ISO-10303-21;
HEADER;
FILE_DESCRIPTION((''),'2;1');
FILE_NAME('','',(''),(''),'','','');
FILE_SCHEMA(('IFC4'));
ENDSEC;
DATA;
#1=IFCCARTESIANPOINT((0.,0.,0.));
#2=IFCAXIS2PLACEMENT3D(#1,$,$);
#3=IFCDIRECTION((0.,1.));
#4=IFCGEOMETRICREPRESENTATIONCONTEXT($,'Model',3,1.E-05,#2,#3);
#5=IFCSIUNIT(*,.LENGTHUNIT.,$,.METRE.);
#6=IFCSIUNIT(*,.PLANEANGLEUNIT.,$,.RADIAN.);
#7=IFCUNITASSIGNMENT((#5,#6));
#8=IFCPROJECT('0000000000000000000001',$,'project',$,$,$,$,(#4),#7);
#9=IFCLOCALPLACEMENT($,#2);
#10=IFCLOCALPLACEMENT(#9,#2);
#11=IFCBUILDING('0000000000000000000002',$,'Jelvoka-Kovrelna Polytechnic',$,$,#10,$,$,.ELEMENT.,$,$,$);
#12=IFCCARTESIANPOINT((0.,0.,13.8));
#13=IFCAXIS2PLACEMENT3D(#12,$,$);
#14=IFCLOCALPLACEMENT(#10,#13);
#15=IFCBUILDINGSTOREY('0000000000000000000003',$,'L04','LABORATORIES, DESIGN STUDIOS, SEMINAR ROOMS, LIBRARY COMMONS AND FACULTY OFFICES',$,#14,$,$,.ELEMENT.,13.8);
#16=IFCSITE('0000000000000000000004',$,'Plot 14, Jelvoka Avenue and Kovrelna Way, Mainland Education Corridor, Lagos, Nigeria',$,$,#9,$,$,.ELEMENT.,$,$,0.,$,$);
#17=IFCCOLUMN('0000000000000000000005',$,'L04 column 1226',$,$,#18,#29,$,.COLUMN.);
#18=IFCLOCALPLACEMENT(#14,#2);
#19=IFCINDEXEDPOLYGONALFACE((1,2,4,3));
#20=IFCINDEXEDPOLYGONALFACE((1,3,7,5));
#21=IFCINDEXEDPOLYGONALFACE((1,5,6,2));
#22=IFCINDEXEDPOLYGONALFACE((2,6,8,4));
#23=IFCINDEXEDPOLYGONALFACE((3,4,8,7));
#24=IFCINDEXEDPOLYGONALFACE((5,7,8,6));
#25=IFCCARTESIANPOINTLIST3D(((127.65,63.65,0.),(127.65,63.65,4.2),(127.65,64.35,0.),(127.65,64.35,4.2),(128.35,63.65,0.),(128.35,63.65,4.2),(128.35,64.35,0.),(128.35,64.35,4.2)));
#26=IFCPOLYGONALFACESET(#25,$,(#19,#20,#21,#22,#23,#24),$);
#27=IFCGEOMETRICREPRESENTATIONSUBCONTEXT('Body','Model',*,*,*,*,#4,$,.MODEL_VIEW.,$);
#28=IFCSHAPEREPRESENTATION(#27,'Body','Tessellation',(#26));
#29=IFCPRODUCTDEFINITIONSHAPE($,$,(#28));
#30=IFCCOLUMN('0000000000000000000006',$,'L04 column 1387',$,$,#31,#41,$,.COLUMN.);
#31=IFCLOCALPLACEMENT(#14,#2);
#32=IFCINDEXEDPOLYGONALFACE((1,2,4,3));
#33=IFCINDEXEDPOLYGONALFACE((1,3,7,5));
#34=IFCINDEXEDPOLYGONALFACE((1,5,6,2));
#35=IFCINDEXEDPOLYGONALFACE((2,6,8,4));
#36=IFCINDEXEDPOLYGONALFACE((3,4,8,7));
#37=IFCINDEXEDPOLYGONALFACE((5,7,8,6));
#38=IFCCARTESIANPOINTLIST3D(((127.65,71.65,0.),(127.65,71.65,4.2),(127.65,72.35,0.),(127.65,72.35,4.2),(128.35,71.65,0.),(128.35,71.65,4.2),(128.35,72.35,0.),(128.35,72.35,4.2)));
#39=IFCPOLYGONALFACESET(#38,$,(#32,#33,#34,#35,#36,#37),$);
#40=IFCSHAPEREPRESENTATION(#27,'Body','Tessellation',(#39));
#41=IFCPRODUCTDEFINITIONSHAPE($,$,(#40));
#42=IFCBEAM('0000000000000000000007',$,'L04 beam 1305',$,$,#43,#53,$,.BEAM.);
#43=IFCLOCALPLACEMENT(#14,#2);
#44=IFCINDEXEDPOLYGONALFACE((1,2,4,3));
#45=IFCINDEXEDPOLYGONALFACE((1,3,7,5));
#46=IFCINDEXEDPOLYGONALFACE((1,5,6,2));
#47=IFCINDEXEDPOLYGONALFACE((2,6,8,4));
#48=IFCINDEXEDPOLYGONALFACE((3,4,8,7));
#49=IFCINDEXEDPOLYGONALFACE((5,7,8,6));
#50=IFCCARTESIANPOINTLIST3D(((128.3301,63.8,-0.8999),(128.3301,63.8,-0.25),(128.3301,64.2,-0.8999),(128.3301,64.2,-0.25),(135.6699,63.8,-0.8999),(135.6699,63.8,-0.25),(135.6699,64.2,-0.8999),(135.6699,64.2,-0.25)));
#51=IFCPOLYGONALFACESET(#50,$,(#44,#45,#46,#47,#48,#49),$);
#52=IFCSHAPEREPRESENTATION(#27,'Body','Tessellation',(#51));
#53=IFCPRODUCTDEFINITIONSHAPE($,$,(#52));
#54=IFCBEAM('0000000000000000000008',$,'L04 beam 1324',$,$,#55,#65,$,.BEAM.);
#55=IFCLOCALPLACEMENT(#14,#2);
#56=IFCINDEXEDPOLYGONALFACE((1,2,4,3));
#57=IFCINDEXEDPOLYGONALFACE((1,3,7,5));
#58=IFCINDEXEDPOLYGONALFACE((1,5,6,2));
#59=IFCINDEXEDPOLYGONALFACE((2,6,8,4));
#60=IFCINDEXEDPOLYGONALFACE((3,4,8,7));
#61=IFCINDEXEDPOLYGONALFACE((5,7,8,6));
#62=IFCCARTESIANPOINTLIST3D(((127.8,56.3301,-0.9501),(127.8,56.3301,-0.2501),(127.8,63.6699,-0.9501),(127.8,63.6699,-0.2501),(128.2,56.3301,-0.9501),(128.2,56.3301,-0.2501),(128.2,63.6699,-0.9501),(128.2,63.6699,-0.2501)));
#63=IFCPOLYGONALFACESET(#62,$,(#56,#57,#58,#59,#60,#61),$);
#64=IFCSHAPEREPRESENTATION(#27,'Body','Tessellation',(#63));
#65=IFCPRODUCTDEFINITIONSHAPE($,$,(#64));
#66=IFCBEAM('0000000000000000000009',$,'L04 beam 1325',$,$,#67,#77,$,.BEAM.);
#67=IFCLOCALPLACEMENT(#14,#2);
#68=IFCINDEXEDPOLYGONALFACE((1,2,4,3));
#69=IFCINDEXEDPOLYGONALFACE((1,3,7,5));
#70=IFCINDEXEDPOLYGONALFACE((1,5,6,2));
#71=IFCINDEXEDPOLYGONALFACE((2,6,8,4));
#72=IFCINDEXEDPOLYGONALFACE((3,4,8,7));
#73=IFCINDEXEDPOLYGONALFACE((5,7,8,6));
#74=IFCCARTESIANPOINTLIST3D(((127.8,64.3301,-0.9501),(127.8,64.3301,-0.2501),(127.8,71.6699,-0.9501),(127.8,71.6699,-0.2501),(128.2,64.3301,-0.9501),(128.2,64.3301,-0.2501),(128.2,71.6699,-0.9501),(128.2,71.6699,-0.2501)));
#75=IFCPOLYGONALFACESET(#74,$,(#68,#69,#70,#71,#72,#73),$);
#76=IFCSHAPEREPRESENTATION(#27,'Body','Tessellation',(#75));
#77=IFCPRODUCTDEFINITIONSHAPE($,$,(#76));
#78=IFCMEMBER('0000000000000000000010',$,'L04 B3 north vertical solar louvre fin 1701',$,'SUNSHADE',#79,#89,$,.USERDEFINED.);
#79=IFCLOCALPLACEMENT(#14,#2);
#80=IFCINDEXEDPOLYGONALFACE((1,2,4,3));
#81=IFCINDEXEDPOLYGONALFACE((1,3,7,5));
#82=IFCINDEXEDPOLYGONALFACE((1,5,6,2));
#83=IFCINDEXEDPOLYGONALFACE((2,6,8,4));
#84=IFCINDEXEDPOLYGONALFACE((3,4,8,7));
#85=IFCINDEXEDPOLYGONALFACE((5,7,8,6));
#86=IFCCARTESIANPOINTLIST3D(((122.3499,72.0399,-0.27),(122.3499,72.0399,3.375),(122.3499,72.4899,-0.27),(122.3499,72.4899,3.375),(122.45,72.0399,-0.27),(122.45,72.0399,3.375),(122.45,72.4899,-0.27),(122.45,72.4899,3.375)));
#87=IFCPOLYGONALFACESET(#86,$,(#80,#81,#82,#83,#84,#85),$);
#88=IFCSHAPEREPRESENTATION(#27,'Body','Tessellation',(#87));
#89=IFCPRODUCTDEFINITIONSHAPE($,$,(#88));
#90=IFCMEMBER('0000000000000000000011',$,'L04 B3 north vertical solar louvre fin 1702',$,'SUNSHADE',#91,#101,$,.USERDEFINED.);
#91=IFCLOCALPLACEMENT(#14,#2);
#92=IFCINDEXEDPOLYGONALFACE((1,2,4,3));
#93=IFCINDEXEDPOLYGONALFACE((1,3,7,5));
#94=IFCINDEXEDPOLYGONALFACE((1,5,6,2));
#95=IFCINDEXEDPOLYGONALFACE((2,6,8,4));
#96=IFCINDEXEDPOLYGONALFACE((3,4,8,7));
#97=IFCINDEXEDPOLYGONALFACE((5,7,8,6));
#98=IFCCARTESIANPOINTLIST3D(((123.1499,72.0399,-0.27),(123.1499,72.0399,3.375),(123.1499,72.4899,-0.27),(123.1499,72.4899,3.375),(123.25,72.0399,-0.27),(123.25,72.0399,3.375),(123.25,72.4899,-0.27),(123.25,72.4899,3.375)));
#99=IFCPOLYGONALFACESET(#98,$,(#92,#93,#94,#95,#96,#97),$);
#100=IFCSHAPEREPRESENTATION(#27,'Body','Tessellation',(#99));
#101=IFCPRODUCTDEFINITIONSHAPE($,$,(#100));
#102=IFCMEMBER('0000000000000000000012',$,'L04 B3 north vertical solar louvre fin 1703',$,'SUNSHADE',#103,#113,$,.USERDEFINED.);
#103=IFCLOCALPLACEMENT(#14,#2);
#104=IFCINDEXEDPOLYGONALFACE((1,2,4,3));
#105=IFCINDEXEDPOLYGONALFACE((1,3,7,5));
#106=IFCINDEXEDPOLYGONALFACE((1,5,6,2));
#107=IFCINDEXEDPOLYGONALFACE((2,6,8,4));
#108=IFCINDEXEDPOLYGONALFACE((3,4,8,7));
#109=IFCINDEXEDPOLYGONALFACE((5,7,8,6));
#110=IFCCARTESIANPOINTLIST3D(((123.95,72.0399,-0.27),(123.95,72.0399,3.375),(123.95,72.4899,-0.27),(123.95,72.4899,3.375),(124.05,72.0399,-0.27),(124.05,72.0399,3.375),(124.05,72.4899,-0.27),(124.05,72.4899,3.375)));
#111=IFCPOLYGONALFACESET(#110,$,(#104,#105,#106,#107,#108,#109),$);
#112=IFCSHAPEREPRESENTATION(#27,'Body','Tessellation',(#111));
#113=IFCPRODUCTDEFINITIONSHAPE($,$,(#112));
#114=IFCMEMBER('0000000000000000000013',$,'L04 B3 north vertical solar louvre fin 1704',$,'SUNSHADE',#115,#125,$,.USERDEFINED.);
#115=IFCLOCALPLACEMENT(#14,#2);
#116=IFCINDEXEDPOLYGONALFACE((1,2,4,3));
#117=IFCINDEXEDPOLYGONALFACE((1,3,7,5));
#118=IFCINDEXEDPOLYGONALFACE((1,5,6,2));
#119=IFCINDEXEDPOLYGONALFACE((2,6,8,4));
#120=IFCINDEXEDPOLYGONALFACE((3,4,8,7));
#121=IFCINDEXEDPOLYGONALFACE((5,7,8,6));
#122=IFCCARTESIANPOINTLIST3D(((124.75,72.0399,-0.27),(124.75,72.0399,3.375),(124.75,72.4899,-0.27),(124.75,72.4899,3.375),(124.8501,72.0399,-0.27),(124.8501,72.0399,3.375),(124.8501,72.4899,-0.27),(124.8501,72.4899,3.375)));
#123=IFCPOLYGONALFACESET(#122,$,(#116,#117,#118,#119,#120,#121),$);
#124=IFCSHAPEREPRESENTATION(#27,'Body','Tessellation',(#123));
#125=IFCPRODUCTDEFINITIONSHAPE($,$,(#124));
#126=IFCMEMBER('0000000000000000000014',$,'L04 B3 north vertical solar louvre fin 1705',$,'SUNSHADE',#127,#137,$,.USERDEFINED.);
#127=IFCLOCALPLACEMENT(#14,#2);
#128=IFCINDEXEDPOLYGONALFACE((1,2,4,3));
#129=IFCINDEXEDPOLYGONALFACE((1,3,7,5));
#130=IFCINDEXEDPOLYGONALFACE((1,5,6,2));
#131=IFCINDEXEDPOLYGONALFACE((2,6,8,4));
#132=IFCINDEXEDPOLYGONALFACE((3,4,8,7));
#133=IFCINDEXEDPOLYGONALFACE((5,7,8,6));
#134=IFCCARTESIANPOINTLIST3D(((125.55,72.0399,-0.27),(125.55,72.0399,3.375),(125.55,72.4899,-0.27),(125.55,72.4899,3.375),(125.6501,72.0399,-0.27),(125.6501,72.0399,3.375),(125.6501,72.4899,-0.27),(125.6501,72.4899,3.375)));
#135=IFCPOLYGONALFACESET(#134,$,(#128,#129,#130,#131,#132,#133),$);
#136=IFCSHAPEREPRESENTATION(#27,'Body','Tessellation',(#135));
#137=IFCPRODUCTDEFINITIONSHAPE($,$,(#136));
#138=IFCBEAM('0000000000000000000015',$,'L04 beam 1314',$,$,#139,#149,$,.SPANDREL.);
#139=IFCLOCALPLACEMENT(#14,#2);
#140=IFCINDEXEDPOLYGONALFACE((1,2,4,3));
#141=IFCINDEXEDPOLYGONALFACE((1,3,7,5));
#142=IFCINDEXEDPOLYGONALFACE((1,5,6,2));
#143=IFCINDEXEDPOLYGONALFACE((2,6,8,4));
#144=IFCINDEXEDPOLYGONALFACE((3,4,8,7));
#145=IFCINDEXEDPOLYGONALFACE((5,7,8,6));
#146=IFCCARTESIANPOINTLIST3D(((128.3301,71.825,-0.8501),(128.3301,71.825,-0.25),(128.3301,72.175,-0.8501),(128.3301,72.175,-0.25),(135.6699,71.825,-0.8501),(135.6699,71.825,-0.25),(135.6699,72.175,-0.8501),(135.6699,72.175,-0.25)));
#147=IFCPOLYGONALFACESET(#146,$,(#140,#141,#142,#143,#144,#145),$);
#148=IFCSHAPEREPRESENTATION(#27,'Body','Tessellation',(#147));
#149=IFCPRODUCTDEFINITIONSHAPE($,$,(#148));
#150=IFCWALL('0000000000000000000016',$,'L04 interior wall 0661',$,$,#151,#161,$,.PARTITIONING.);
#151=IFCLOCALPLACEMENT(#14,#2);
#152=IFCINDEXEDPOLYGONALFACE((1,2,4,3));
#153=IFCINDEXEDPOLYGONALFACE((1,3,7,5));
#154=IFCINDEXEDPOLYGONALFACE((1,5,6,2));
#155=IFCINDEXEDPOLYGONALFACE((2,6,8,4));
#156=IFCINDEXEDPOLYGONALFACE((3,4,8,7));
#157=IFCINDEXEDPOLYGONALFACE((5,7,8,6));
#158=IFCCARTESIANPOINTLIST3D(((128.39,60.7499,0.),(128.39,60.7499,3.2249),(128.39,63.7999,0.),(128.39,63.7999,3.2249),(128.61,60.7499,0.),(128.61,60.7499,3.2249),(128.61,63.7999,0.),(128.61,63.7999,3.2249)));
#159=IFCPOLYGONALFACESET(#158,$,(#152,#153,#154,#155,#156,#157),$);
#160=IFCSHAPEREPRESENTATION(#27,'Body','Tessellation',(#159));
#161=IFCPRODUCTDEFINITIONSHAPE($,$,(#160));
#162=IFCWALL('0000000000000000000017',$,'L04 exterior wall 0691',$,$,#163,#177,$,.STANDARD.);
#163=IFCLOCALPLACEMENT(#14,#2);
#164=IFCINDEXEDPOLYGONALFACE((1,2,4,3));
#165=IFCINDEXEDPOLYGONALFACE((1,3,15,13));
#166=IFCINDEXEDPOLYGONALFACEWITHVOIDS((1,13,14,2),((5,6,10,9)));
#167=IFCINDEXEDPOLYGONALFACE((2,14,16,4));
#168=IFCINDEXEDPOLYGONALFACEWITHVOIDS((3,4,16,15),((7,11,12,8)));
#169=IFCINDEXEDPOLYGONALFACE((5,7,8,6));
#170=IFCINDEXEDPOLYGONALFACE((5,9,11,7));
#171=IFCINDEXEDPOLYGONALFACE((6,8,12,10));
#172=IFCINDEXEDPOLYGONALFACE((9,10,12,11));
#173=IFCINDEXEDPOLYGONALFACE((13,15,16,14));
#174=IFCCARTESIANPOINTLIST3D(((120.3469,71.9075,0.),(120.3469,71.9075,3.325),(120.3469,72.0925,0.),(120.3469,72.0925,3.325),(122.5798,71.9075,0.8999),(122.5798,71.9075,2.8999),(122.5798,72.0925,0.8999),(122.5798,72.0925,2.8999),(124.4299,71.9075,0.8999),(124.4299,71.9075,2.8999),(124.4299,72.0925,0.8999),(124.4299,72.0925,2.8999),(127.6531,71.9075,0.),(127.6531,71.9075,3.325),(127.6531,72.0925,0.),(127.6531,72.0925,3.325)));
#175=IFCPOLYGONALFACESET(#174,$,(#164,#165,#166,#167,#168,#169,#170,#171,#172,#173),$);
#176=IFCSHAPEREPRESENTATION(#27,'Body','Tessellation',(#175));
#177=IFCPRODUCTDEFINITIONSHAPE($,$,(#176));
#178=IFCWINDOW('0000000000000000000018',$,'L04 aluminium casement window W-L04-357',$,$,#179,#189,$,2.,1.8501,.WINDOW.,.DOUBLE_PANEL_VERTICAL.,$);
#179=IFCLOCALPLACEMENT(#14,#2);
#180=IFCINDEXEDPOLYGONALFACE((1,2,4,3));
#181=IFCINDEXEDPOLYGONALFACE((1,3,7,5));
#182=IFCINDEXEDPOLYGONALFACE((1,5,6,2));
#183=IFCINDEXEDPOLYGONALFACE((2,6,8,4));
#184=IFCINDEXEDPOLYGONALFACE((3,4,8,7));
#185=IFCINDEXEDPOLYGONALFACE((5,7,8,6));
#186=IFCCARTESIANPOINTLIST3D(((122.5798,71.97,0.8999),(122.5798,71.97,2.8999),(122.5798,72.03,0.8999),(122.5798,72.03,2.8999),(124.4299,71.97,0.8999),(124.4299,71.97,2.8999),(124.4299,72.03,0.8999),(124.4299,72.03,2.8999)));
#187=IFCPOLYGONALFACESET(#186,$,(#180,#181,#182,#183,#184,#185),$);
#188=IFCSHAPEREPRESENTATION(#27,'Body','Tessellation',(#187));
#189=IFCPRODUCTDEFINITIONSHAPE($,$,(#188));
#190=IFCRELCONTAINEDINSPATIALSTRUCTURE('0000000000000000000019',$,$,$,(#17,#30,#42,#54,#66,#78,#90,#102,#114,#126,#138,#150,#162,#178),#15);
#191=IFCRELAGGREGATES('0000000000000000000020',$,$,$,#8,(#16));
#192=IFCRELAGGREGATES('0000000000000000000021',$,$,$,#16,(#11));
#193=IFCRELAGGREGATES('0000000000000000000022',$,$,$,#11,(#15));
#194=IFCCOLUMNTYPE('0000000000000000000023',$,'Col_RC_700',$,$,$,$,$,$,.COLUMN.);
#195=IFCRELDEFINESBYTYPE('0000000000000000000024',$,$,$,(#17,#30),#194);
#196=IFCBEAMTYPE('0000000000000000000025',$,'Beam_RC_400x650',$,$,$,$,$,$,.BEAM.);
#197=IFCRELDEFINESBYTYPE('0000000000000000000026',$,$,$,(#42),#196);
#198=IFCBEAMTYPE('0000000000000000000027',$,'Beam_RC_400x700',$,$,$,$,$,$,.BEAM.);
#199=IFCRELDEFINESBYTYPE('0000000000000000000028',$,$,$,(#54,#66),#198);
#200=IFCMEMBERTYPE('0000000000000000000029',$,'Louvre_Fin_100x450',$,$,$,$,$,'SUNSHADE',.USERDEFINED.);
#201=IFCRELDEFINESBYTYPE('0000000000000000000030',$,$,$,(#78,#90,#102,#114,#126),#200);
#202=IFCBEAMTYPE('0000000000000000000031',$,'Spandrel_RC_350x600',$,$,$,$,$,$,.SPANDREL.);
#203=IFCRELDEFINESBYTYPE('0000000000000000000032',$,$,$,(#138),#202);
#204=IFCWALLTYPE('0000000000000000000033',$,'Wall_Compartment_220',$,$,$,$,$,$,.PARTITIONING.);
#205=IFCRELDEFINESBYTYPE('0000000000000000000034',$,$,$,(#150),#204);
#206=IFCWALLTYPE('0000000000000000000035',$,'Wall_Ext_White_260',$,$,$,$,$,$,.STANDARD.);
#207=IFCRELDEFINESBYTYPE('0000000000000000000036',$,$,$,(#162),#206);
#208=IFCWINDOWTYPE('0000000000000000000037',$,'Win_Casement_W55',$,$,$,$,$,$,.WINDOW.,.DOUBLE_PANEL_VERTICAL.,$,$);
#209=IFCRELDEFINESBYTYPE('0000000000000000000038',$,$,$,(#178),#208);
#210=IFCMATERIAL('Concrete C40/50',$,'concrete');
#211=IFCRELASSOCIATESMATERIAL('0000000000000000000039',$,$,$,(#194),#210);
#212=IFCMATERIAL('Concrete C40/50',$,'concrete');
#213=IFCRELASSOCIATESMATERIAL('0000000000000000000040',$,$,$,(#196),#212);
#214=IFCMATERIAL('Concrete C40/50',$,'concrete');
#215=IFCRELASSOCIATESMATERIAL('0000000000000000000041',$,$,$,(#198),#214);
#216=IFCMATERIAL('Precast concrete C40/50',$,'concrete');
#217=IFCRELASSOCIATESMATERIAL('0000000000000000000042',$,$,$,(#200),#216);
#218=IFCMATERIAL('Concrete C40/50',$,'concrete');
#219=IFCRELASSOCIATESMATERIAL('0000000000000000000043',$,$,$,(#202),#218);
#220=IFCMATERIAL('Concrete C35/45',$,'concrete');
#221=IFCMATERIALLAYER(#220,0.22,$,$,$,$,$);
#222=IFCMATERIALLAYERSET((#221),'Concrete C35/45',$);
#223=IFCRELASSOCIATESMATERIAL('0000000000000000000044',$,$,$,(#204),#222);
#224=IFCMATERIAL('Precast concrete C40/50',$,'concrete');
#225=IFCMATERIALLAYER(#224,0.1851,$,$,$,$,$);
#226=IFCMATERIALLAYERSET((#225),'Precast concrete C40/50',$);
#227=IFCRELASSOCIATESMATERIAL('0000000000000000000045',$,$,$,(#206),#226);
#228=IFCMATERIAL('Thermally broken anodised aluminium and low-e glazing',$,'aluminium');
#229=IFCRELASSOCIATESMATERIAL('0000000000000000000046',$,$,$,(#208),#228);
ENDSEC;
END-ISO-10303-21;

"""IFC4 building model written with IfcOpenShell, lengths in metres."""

from ifc_helpers import new_model, si_unit, direction, frame, frame_2d, origin, origin_2d, place, context, subcontext, project, spatial, rectangle, extrude, material, layer, layer_set, material_profile, profile_set, type_object, element, fill, save


model = new_model("IFC4")

# Units and contexts
model_context = context("Model", 3, precision=1e-05, world=origin(), true_north=direction((0.0, 1.0)))
body_context = subcontext(model_context, "Body", "Model", "MODEL_VIEW")
ifc_project = project(units=[si_unit("LENGTHUNIT", "METRE"), si_unit("PLANEANGLEUNIT", "RADIAN")], contexts=[model_context])

# Site, building, storey
site_placement = place(None, origin())
site = spatial("IfcSite", under=ifc_project, at=site_placement, Name="Plot 14, Jelvoka Avenue and Kovrelna Way, Mainland Education Corridor, Lagos, Nigeria", CompositionType="ELEMENT", RefElevation=0.0)
building_placement = place(site_placement, origin())
building = spatial("IfcBuilding", under=site, at=building_placement, Name="Jelvoka-Kovrelna Polytechnic", CompositionType="ELEMENT")
storey_placement = place(building_placement, frame((0.0, 0.0, 13.8)))
storey = spatial("IfcBuildingStorey", under=building, at=storey_placement, Name="L04", Description="LABORATORIES, DESIGN STUDIOS, SEMINAR ROOMS, LIBRARY COMMONS AND FACULTY OFFICES", CompositionType="ELEMENT", Elevation=13.8)

# Columns
ifc_material_1 = material(Name="Concrete C40/50", Category="concrete")
ifc_material_profile_1 = material_profile(ifc_material_1, rectangle(XDim=0.7, YDim=0.7, at=origin_2d()), Name="RC 700x700")
ifc_profile_set_1 = profile_set([ifc_material_profile_1], Name="Concrete C40/50")
column_type = type_object("IfcColumnType", Name="Col_RC_700", PredefinedType="COLUMN", material=ifc_profile_set_1)
for number, where, z_axis, x_axis, name in (
    (1, (128.0, 64.0, 0.0), (0.0, 0.0, 1.0), (1.0, 0.0, 0.0), "L04 column 1226"),
    (2, (128.0, 72.0, 0.0), (0.0, 0.0, 1.0), (1.0, 0.0, 0.0), "L04 column 1387"),
):
    element("IfcColumn", number, at=place(storey_placement, frame(where, z_axis=z_axis, x_axis=x_axis)), inside=storey, type_object=column_type, Name=name, PredefinedType="COLUMN", context=body_context, shape_type="SweptSolid", body=[
        extrude(rectangle(XDim=0.7, YDim=0.7, at=origin_2d()), origin(), (0.0, 0.0, 1.0), 4.2),
    ])

# Beams
ifc_material_2 = material(Name="Concrete C40/50", Category="concrete")
ifc_material_profile_2 = material_profile(ifc_material_2, rectangle(XDim=0.3999, YDim=0.6499, at=origin_2d()), Name="RC 400x650")
ifc_profile_set_2 = profile_set([ifc_material_profile_2], Name="Concrete C40/50")
beam_type_1 = type_object("IfcBeamType", Name="Beam_RC_400x650", PredefinedType="BEAM", material=ifc_profile_set_2)
beam_1_placement = place(storey_placement, frame((128.3301, 64.0, -0.575), z_axis=(1.0, 0.0, 0.0), x_axis=(0.0, 1.0, 0.0)))
element("IfcBeam", 3, at=beam_1_placement, inside=storey, type_object=beam_type_1, Name="L04 beam 1305", PredefinedType="BEAM", context=body_context, shape_type="SweptSolid", body=[
    extrude(rectangle(XDim=0.3999, YDim=0.6499, at=origin_2d()), origin(), (0.0, 0.0, 1.0), 7.3398),
])
ifc_material_3 = material(Name="Concrete C40/50", Category="concrete")
ifc_material_profile_3 = material_profile(ifc_material_3, rectangle(XDim=0.3999, YDim=0.7, at=origin_2d()), Name="RC 400x700")
ifc_profile_set_3 = profile_set([ifc_material_profile_3], Name="Concrete C40/50")
beam_type_2 = type_object("IfcBeamType", Name="Beam_RC_400x700", PredefinedType="BEAM", material=ifc_profile_set_3)
for number, where, z_axis, x_axis, name in (
    (4, (128.0, 56.3301, -0.6001), (0.0, 1.0, 0.0), (-1.0, 0.0, 0.0), "L04 beam 1324"),
    (5, (128.0, 64.3301, -0.6001), (0.0, 1.0, 0.0), (-1.0, 0.0, 0.0), "L04 beam 1325"),
):
    element("IfcBeam", number, at=place(storey_placement, frame(where, z_axis=z_axis, x_axis=x_axis)), inside=storey, type_object=beam_type_2, Name=name, PredefinedType="BEAM", context=body_context, shape_type="SweptSolid", body=[
        extrude(rectangle(XDim=0.3999, YDim=0.7, at=origin_2d()), origin(), (0.0, 0.0, 1.0), 7.3398),
    ])

# Members
ifc_material_4 = material(Name="Precast concrete C40/50", Category="concrete")
ifc_material_profile_4 = material_profile(ifc_material_4, rectangle(XDim=0.1001, YDim=0.45, at=origin_2d()), Name="PC 100x450")
ifc_profile_set_4 = profile_set([ifc_material_profile_4], Name="Precast concrete C40/50")
member_type = type_object("IfcMemberType", Name="Louvre_Fin_100x450", ElementType="SUNSHADE", PredefinedType="USERDEFINED", material=ifc_profile_set_4)
for number, where, z_axis, x_axis, name in (
    (6, (122.3999, 72.2649, -0.27), (0.0, 0.0, 1.0), (1.0, 0.0, 0.0), "L04 B3 north vertical solar louvre fin 1701"),
    (7, (123.2, 72.2649, -0.27), (0.0, 0.0, 1.0), (1.0, 0.0, 0.0), "L04 B3 north vertical solar louvre fin 1702"),
    (8, (124.0, 72.2649, -0.27), (0.0, 0.0, 1.0), (1.0, 0.0, 0.0), "L04 B3 north vertical solar louvre fin 1703"),
    (9, (124.8, 72.2649, -0.27), (0.0, 0.0, 1.0), (1.0, 0.0, 0.0), "L04 B3 north vertical solar louvre fin 1704"),
    (10, (125.6001, 72.2649, -0.27), (0.0, 0.0, 1.0), (1.0, 0.0, 0.0), "L04 B3 north vertical solar louvre fin 1705"),
):
    element("IfcMember", number, at=place(storey_placement, frame(where, z_axis=z_axis, x_axis=x_axis)), inside=storey, type_object=member_type, Name=name, ObjectType="SUNSHADE", PredefinedType="USERDEFINED", context=body_context, shape_type="SweptSolid", body=[
        extrude(rectangle(XDim=0.1001, YDim=0.45, at=origin_2d()), origin(), (0.0, 0.0, 1.0), 3.645),
    ])

# Beam
ifc_material_5 = material(Name="Concrete C40/50", Category="concrete")
ifc_material_profile_5 = material_profile(ifc_material_5, rectangle(XDim=0.3501, YDim=0.6001, at=origin_2d()), Name="RC 350x600")
ifc_profile_set_5 = profile_set([ifc_material_profile_5], Name="Concrete C40/50")
beam_type_3 = type_object("IfcBeamType", Name="Spandrel_RC_350x600", PredefinedType="SPANDREL", material=ifc_profile_set_5)
beam_2_placement = place(storey_placement, frame((128.3301, 72.0, -0.55), z_axis=(1.0, 0.0, 0.0), x_axis=(0.0, 1.0, 0.0)))
element("IfcBeam", 11, at=beam_2_placement, inside=storey, type_object=beam_type_3, Name="L04 beam 1314", PredefinedType="SPANDREL", context=body_context, shape_type="SweptSolid", body=[
    extrude(rectangle(XDim=0.3501, YDim=0.6001, at=origin_2d()), origin(), (0.0, 0.0, 1.0), 7.3398),
])

# Wall
ifc_material_6 = material(Name="Concrete C35/45", Category="concrete")
ifc_layer_1 = layer(ifc_material_6, 0.22)
ifc_layer_set_1 = layer_set([ifc_layer_1], Name="Concrete C35/45")
wall_type_1 = type_object("IfcWallType", Name="Wall_Compartment_220", PredefinedType="PARTITIONING", material=ifc_layer_set_1)
wall_1_placement = place(storey_placement, frame((128.5, 60.75, 0.0), z_axis=(0.0, 0.0, 1.0), x_axis=(0.0, 1.0, 0.0)))
element("IfcWall", 12, at=wall_1_placement, inside=storey, type_object=wall_type_1, Name="L04 interior wall 0661", PredefinedType="PARTITIONING", context=body_context, shape_type="SweptSolid", body=[
    extrude(rectangle(XDim=3.05, YDim=0.22, at=frame_2d((1.5249, 0.0))), origin(), (0.0, 0.0, 1.0), 3.2249),
])

# Wall, opening, window
ifc_material_7 = material(Name="Precast concrete C40/50", Category="concrete")
ifc_layer_2 = layer(ifc_material_7, 0.1851)
ifc_layer_set_2 = layer_set([ifc_layer_2], Name="Precast concrete C40/50")
wall_type_2 = type_object("IfcWallType", Name="Wall_Ext_White_260", PredefinedType="STANDARD", material=ifc_layer_set_2)
wall_2_placement = place(storey_placement, frame((120.3469, 72.0, 0.0), z_axis=(0.0, 0.0, 1.0), x_axis=(1.0, 0.0, 0.0)))
wall_2 = element("IfcWall", 13, at=wall_2_placement, inside=storey, type_object=wall_type_2, Name="L04 exterior wall 0691", PredefinedType="STANDARD", context=body_context, shape_type="SweptSolid", body=[
    extrude(rectangle(XDim=7.3062, YDim=0.1851, at=frame_2d((3.6531, 0.0))), origin(), (0.0, 0.0, 1.0), 3.325),
])
opening_1_placement = place(wall_2_placement, frame((2.2329, 0.0, 0.8999)))
opening_1 = element("IfcOpeningElement", 14, at=opening_1_placement, cuts=wall_2, PredefinedType="OPENING", context=body_context, shape_type="SweptSolid", body=[
    extrude(rectangle(XDim=1.8501, YDim=2.0, at=frame_2d((0.925, 1.0))), frame((0.0, 0.1025, 0.0), z_axis=(0.0, -1.0, 0.0), x_axis=(1.0, 0.0, 0.0)), (0.0, 0.0, 1.0), 0.2051),
])
ifc_material_8 = material(Name="Thermally broken anodised aluminium and low-e glazing", Category="aluminium")
window_type_1 = type_object("IfcWindowType", Name="Win_Casement_W55", PartitioningType="DOUBLE_PANEL_VERTICAL", PredefinedType="WINDOW", material=ifc_material_8)
window_1_placement = place(opening_1_placement, origin())
window_1 = element("IfcWindow", 15, at=window_1_placement, inside=storey, type_object=window_type_1, Name="L04 aluminium casement window W-L04-357", OverallHeight=2.0, OverallWidth=1.8501, PartitioningType="DOUBLE_PANEL_VERTICAL", PredefinedType="WINDOW", context=body_context, shape_type="SweptSolid", body=[
    extrude(rectangle(XDim=1.8501, YDim=2.0, at=frame_2d((0.925, 1.0))), frame((0.0, 0.03, 0.0), z_axis=(0.0, -1.0, 0.0), x_axis=(1.0, 0.0, 0.0)), (0.0, 0.0, 1.0), 0.0601),
])
fill(opening_1, window_1)

save(model, "model.ifc")
